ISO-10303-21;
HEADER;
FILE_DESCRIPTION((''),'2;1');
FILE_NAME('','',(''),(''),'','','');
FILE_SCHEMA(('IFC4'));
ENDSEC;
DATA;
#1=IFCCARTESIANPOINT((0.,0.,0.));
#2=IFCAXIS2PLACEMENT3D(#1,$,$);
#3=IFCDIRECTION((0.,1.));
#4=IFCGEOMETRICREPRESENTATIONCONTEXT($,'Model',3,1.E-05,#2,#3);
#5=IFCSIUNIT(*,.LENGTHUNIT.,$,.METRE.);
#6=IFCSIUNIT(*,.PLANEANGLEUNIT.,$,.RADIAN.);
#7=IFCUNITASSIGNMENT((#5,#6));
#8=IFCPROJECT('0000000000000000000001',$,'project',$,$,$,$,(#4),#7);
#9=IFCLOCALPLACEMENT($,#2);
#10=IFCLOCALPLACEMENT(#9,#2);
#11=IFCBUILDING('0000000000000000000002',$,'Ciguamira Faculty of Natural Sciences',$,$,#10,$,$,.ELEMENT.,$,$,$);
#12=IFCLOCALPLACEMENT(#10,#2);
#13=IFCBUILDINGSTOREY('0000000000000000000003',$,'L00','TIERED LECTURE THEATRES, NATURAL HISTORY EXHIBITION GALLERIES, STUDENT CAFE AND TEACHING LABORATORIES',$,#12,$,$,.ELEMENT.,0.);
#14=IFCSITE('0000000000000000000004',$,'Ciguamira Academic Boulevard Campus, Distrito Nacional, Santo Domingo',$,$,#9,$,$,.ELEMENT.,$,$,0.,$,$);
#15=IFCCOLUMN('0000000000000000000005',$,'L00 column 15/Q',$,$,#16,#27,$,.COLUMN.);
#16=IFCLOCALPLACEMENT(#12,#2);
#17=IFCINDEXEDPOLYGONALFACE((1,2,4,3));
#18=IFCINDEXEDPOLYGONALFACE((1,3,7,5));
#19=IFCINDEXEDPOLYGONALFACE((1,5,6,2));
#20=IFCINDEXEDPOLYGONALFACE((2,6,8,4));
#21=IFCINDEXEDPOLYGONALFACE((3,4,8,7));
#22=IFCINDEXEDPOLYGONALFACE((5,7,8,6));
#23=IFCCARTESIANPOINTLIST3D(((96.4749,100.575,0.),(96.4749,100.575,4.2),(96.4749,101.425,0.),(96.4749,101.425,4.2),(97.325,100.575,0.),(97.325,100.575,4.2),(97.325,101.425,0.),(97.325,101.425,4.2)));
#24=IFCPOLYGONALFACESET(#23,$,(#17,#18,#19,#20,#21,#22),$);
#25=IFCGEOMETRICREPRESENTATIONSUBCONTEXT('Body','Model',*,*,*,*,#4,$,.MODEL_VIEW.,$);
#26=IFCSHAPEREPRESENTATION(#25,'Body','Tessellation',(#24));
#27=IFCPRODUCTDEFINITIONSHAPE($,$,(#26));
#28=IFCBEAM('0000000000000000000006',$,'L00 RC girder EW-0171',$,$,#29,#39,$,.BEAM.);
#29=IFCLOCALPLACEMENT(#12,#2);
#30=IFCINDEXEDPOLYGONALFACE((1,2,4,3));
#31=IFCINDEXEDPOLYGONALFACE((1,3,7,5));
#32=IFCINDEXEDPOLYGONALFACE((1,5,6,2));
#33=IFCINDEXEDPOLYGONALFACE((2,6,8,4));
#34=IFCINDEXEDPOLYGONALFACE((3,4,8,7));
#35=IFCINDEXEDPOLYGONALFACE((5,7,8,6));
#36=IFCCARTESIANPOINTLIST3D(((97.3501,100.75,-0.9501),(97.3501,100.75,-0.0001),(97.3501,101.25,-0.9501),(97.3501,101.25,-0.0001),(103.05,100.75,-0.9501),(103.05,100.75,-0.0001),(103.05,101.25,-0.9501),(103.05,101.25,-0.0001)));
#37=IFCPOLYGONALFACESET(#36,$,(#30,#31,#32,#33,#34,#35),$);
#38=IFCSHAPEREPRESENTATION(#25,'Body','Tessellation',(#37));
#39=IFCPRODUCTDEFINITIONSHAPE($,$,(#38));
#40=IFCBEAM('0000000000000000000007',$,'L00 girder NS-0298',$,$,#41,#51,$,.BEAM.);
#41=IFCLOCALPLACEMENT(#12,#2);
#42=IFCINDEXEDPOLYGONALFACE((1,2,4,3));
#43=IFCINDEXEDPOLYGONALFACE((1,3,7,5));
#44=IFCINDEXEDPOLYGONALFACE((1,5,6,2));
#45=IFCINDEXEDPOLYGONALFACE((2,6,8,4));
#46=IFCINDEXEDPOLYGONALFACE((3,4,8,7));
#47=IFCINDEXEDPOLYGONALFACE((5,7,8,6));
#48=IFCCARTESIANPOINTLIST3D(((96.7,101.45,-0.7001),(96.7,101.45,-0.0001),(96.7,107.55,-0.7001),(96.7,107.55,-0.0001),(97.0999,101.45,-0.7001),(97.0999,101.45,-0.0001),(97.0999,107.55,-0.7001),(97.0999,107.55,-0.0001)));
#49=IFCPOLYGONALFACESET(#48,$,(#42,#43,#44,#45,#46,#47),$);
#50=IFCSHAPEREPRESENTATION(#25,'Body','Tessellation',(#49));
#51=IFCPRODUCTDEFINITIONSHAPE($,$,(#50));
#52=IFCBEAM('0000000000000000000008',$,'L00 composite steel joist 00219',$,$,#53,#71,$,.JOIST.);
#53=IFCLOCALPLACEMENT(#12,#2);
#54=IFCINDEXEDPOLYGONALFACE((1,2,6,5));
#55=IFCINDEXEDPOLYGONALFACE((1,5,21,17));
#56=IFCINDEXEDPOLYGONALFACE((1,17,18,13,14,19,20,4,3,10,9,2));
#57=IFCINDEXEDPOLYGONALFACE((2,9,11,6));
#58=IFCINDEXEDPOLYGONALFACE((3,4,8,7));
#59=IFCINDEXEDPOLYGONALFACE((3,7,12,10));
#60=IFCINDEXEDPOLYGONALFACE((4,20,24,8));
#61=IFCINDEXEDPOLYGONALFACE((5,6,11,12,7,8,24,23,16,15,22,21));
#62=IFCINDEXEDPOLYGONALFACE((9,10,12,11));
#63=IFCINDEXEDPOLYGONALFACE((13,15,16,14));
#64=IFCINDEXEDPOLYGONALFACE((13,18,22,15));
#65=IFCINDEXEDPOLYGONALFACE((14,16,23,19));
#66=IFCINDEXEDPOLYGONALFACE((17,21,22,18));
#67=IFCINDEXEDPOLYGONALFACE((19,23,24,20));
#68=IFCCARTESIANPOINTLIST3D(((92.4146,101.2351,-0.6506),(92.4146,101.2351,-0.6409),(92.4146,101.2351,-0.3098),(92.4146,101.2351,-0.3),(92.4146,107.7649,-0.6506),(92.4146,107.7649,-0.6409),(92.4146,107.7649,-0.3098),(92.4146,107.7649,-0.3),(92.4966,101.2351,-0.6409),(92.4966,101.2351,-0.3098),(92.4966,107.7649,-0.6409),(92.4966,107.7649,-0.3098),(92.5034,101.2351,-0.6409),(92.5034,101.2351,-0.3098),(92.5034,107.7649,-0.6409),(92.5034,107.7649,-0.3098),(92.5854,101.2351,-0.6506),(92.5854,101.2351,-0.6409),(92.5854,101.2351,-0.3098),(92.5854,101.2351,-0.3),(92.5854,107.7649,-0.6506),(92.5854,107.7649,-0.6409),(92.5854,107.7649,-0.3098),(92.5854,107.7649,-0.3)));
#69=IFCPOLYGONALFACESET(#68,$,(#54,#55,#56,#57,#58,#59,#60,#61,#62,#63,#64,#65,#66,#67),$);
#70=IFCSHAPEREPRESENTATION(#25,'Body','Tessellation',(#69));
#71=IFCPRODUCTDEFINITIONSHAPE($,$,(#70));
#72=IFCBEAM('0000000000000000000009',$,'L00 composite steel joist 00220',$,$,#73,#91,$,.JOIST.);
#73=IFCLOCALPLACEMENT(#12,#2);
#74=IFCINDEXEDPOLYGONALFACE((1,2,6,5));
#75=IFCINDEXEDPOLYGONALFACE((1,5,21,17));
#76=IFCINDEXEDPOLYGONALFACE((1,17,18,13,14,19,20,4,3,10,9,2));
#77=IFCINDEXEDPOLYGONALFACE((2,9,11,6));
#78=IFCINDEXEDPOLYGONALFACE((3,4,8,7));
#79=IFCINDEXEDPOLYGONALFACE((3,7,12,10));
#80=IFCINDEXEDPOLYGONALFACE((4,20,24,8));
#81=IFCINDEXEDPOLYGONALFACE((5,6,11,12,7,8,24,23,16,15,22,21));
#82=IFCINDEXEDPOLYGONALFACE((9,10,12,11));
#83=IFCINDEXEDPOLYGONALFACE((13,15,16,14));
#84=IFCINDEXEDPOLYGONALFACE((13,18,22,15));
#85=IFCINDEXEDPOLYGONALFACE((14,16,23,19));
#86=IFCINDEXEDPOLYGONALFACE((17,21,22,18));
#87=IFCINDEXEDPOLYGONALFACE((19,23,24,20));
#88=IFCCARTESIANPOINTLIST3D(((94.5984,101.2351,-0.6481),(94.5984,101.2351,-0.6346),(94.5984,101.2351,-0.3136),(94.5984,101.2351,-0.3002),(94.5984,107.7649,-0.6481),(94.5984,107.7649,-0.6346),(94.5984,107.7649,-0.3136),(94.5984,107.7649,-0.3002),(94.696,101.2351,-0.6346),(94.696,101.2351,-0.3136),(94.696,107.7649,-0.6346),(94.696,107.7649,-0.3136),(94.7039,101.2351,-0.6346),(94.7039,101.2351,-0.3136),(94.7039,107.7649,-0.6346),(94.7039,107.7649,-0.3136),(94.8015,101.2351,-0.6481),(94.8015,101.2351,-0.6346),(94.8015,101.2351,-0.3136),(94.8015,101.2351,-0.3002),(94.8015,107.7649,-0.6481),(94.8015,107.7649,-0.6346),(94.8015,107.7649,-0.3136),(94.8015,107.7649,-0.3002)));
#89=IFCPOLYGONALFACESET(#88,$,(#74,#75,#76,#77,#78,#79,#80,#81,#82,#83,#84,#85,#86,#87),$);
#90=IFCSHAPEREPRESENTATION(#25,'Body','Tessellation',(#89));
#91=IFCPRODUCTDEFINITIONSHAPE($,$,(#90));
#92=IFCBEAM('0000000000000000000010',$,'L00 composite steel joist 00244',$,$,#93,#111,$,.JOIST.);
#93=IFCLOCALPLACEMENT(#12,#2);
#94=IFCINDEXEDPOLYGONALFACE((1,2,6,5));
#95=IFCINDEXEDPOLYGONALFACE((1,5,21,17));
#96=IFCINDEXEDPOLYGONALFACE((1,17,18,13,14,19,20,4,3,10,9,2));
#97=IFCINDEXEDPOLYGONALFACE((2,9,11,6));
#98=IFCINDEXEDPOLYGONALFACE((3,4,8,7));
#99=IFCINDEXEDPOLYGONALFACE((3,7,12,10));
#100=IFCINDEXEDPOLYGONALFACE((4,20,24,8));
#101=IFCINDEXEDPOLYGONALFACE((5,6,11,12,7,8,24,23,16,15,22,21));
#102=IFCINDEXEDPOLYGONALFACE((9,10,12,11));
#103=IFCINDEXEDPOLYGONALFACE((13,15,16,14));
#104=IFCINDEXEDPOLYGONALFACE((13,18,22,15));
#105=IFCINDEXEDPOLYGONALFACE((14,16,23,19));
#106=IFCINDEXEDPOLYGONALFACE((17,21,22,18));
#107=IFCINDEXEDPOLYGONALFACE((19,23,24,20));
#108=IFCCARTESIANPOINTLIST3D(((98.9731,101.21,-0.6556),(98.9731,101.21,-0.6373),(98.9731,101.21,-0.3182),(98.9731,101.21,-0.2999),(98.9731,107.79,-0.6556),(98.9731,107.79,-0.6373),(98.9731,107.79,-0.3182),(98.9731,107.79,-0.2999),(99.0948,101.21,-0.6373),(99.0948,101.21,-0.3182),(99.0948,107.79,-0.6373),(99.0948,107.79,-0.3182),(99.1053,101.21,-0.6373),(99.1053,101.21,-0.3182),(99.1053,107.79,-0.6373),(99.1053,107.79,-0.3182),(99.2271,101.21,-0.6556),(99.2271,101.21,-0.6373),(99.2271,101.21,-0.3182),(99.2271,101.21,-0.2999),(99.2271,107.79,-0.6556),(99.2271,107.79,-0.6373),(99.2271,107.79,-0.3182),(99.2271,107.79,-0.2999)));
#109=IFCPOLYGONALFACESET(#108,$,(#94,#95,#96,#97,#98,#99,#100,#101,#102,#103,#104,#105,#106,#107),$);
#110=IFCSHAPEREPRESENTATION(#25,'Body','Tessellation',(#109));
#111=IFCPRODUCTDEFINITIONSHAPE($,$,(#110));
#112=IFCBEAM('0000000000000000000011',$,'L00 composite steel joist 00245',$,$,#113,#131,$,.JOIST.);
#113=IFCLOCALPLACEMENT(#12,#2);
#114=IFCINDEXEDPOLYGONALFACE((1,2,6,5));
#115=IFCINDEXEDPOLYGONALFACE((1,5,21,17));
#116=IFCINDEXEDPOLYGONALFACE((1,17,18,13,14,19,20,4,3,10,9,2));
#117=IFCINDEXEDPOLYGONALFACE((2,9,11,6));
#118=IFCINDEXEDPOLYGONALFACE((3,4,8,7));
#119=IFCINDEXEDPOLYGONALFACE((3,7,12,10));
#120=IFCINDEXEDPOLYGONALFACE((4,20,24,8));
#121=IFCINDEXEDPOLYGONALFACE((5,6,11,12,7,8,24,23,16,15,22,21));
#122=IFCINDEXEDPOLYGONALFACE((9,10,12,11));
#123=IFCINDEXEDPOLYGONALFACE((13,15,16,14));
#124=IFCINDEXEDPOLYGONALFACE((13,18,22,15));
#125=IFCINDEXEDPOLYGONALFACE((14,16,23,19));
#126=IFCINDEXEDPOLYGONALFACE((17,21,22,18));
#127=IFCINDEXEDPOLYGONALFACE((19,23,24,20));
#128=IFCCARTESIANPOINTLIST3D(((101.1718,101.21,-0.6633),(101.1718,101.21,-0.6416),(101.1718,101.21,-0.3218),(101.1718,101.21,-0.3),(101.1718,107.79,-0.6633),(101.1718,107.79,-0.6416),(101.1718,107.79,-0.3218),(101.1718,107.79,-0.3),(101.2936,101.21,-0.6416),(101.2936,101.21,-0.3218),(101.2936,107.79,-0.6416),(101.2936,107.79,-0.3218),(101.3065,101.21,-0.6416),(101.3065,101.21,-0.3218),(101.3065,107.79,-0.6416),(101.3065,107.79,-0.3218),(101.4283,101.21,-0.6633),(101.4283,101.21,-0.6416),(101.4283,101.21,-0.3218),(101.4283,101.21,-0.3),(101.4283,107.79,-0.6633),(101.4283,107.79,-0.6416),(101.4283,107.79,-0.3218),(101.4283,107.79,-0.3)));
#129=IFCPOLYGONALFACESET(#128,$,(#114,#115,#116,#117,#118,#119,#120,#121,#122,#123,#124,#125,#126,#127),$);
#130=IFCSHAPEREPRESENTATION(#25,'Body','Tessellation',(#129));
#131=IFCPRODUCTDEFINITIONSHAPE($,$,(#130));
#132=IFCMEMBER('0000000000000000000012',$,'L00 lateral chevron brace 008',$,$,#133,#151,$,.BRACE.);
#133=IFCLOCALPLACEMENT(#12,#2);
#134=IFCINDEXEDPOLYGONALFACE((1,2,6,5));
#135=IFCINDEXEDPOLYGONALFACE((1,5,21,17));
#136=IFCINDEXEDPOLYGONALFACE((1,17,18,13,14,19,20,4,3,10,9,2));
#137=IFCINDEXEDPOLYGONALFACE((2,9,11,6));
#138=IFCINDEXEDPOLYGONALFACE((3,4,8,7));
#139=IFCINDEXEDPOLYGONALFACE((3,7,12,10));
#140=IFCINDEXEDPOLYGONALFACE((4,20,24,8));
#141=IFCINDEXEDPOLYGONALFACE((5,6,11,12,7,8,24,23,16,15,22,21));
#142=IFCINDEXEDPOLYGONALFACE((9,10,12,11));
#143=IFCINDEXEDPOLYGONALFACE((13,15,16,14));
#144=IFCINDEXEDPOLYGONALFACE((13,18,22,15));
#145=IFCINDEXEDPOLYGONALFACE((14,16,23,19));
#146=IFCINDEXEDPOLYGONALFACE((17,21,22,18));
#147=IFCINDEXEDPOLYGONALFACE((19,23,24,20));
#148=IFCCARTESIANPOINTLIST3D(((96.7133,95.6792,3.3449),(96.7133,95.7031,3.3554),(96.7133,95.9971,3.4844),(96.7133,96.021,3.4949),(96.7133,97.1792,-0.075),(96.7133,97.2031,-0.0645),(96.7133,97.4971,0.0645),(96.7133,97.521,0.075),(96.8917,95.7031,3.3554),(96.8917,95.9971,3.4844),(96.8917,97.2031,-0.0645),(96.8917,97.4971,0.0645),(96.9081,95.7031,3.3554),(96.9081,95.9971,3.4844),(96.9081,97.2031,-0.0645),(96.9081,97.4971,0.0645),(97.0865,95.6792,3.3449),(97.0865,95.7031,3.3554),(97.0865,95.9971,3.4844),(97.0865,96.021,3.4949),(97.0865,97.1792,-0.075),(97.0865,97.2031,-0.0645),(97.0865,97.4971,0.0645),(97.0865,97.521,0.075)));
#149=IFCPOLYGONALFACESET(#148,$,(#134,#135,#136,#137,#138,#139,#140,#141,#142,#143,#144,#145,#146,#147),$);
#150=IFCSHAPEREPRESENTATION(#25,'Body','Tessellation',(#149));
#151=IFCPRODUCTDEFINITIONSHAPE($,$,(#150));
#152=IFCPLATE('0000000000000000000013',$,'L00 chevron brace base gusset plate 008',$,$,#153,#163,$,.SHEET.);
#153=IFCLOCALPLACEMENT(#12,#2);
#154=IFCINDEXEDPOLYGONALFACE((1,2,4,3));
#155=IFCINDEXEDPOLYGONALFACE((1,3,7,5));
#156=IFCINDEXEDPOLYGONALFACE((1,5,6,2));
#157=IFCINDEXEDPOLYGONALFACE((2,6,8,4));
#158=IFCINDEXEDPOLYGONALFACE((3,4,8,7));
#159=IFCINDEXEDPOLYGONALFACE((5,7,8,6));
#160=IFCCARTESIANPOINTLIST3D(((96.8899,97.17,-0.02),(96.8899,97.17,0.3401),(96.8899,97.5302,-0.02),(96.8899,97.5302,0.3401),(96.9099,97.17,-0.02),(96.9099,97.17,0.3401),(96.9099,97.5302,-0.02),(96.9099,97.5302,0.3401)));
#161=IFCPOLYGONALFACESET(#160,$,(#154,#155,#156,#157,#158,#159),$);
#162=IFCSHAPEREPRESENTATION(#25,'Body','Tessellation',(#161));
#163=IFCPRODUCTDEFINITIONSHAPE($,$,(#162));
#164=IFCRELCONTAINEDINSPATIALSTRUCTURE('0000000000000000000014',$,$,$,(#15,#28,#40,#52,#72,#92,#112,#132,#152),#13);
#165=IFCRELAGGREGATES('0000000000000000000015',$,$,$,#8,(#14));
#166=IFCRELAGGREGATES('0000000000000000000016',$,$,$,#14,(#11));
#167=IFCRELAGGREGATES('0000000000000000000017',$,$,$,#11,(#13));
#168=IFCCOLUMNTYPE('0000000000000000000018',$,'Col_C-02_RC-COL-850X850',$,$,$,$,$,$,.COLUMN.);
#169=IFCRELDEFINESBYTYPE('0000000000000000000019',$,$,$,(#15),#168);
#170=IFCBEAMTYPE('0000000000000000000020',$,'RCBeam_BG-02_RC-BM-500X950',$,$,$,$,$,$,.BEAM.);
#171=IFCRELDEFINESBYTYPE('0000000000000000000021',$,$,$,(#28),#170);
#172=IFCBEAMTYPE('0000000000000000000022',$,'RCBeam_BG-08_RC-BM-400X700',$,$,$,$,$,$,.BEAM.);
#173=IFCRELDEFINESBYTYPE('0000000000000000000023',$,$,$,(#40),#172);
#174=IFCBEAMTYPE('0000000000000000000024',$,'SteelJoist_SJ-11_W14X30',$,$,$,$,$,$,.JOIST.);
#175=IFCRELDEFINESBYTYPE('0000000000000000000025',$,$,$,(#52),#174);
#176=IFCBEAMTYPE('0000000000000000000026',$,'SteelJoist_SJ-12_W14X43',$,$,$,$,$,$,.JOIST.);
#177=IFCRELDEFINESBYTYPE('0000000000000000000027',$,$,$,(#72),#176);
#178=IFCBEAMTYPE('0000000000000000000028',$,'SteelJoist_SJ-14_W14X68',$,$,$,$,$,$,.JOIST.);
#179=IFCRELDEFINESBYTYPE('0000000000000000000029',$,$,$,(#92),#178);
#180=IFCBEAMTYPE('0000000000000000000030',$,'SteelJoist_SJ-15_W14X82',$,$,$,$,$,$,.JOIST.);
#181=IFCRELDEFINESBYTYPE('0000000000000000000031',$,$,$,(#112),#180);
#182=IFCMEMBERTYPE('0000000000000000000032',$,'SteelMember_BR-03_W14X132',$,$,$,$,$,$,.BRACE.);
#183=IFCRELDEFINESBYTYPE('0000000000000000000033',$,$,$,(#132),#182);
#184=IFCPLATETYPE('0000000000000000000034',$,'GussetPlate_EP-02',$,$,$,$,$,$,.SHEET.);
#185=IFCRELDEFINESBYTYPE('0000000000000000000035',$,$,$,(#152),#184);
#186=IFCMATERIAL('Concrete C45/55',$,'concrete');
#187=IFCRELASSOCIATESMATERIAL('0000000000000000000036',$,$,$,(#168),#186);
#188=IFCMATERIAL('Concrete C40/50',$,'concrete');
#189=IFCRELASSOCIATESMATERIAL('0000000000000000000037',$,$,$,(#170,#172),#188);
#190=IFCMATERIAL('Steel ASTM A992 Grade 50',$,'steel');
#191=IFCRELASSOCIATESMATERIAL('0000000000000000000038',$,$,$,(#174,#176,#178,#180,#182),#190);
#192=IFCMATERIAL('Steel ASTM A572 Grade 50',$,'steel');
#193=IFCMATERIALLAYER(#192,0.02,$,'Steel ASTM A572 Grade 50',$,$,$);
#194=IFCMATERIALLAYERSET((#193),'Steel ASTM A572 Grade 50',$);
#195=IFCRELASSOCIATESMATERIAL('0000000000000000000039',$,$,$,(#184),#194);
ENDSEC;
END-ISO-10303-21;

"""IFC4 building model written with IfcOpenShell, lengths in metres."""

from ifc_helpers import new_model, si_unit, direction, frame, origin, origin_2d, place, context, subcontext, project, spatial, rectangle, i_section, extrude, material, layer, layer_set, material_profile, profile_set, type_object, element, save


model = new_model("IFC4")

# Units and contexts
model_context = context("Model", 3, precision=1e-05, world=origin(), true_north=direction((0.0, 1.0)))
body_context = subcontext(model_context, "Body", "Model", "MODEL_VIEW")
ifc_project = project(units=[si_unit("LENGTHUNIT", "METRE"), si_unit("PLANEANGLEUNIT", "RADIAN")], contexts=[model_context])

# Site, building, storey
site_placement = place(None, origin())
site = spatial("IfcSite", under=ifc_project, at=site_placement, Name="Ciguamira Academic Boulevard Campus, Distrito Nacional, Santo Domingo", CompositionType="ELEMENT", RefElevation=0.0)
building_placement = place(site_placement, origin())
building = spatial("IfcBuilding", under=site, at=building_placement, Name="Ciguamira Faculty of Natural Sciences", CompositionType="ELEMENT")
storey_placement = place(building_placement, origin())
storey = spatial("IfcBuildingStorey", under=building, at=storey_placement, Name="L00", Description="TIERED LECTURE THEATRES, NATURAL HISTORY EXHIBITION GALLERIES, STUDENT CAFE AND TEACHING LABORATORIES", CompositionType="ELEMENT", Elevation=0.0)

# Column
ifc_material_1 = material(Name="Concrete C45/55", Category="concrete")
ifc_material_profile_1 = material_profile(ifc_material_1, rectangle(XDim=0.8501, YDim=0.8501, at=origin_2d()), Name="RC-COL-850X850")
ifc_profile_set_1 = profile_set([ifc_material_profile_1], Name="Concrete C45/55")
column_type = type_object("IfcColumnType", Name="Col_C-02_RC-COL-850X850", PredefinedType="COLUMN", material=ifc_profile_set_1)
column_placement = place(storey_placement, frame((96.8999, 101.0, 0.0), z_axis=(0.0, 0.0, 1.0), x_axis=(1.0, 0.0, 0.0)))
element("IfcColumn", 1, at=column_placement, inside=storey, type_object=column_type, Name="L00 column 15/Q", PredefinedType="COLUMN", context=body_context, shape_type="SweptSolid", body=[
    extrude(rectangle(XDim=0.8501, YDim=0.8501, at=origin_2d()), origin(), (0.0, 0.0, 1.0), 4.2),
])

# Beams
ifc_material_2 = material(Name="Concrete C40/50", Category="concrete")
ifc_material_profile_2 = material_profile(ifc_material_2, rectangle(XDim=0.5, YDim=0.95, at=origin_2d()), Name="RC-BM-500X950")
ifc_profile_set_2 = profile_set([ifc_material_profile_2], Name="Concrete C40/50")
beam_type_1 = type_object("IfcBeamType", Name="RCBeam_BG-02_RC-BM-500X950", PredefinedType="BEAM", material=ifc_profile_set_2)
beam_1_placement = place(storey_placement, frame((97.3501, 101.0, -0.4751), z_axis=(1.0, 0.0, 0.0), x_axis=(0.0, 1.0, 0.0)))
element("IfcBeam", 2, at=beam_1_placement, inside=storey, type_object=beam_type_1, Name="L00 RC girder EW-0171", PredefinedType="BEAM", context=body_context, shape_type="SweptSolid", body=[
    extrude(rectangle(XDim=0.5, YDim=0.95, at=origin_2d()), origin(), (0.0, 0.0, 1.0), 5.7),
])
ifc_material_profile_3 = material_profile(ifc_material_2, rectangle(XDim=0.3999, YDim=0.7, at=origin_2d()), Name="RC-BM-400X700")
ifc_profile_set_3 = profile_set([ifc_material_profile_3], Name="Concrete C40/50")
beam_type_2 = type_object("IfcBeamType", Name="RCBeam_BG-08_RC-BM-400X700", PredefinedType="BEAM", material=ifc_profile_set_3)
beam_2_placement = place(storey_placement, frame((96.8999, 101.45, -0.3501), z_axis=(0.0, 1.0, 0.0), x_axis=(-1.0, 0.0, 0.0)))
element("IfcBeam", 3, at=beam_2_placement, inside=storey, type_object=beam_type_2, Name="L00 girder NS-0298", PredefinedType="BEAM", context=body_context, shape_type="SweptSolid", body=[
    extrude(rectangle(XDim=0.3999, YDim=0.7, at=origin_2d()), origin(), (0.0, 0.0, 1.0), 6.1001),
])
ifc_material_3 = material(Name="Steel ASTM A992 Grade 50", Category="steel")
ifc_material_profile_4 = material_profile(ifc_material_3, i_section(OverallWidth=0.1709, OverallDepth=0.3506, WebThickness=0.0068, FlangeThickness=0.0098, at=origin_2d()), Name="W14X30")
ifc_profile_set_4 = profile_set([ifc_material_profile_4], Name="Steel ASTM A992 Grade 50")
beam_type_3 = type_object("IfcBeamType", Name="SteelJoist_SJ-11_W14X30", PredefinedType="JOIST", material=ifc_profile_set_4)
beam_3_placement = place(storey_placement, frame((92.5, 101.2351, -0.4753), z_axis=(0.0, 1.0, 0.0), x_axis=(-1.0, 0.0, 0.0)))
element("IfcBeam", 4, at=beam_3_placement, inside=storey, type_object=beam_type_3, Name="L00 composite steel joist 00219", PredefinedType="JOIST", context=body_context, shape_type="SweptSolid", body=[
    extrude(i_section(OverallWidth=0.1709, OverallDepth=0.3506, WebThickness=0.0068, FlangeThickness=0.0098, at=origin_2d()), origin(), (0.0, 0.0, 1.0), 6.5298),
])
ifc_material_profile_5 = material_profile(ifc_material_3, i_section(OverallWidth=0.2031, OverallDepth=0.3479, WebThickness=0.0078, FlangeThickness=0.0134, at=origin_2d()), Name="W14X43")
ifc_profile_set_5 = profile_set([ifc_material_profile_5], Name="Steel ASTM A992 Grade 50")
beam_type_4 = type_object("IfcBeamType", Name="SteelJoist_SJ-12_W14X43", PredefinedType="JOIST", material=ifc_profile_set_5)
beam_4_placement = place(storey_placement, frame((94.7, 101.2351, -0.4741), z_axis=(0.0, 1.0, 0.0), x_axis=(-1.0, 0.0, 0.0)))
element("IfcBeam", 5, at=beam_4_placement, inside=storey, type_object=beam_type_4, Name="L00 composite steel joist 00220", PredefinedType="JOIST", context=body_context, shape_type="SweptSolid", body=[
    extrude(i_section(OverallWidth=0.2031, OverallDepth=0.3479, WebThickness=0.0078, FlangeThickness=0.0134, at=origin_2d()), origin(), (0.0, 0.0, 1.0), 6.5298),
])
ifc_material_profile_6 = material_profile(ifc_material_3, i_section(OverallWidth=0.2539, OverallDepth=0.3557, WebThickness=0.0105, FlangeThickness=0.0183, at=origin_2d()), Name="W14X68")
ifc_profile_set_6 = profile_set([ifc_material_profile_6], Name="Steel ASTM A992 Grade 50")
beam_type_5 = type_object("IfcBeamType", Name="SteelJoist_SJ-14_W14X68", PredefinedType="JOIST", material=ifc_profile_set_6)
beam_5_placement = place(storey_placement, frame((99.1001, 101.21, -0.4778), z_axis=(0.0, 1.0, 0.0), x_axis=(-1.0, 0.0, 0.0)))
element("IfcBeam", 6, at=beam_5_placement, inside=storey, type_object=beam_type_5, Name="L00 composite steel joist 00244", PredefinedType="JOIST", context=body_context, shape_type="SweptSolid", body=[
    extrude(i_section(OverallWidth=0.2539, OverallDepth=0.3557, WebThickness=0.0105, FlangeThickness=0.0183, at=origin_2d()), origin(), (0.0, 0.0, 1.0), 6.5801),
])
ifc_material_profile_7 = material_profile(ifc_material_3, i_section(OverallWidth=0.2566, OverallDepth=0.3633, WebThickness=0.0129, FlangeThickness=0.0217, at=origin_2d()), Name="W14X82")
ifc_profile_set_7 = profile_set([ifc_material_profile_7], Name="Steel ASTM A992 Grade 50")
beam_type_6 = type_object("IfcBeamType", Name="SteelJoist_SJ-15_W14X82", PredefinedType="JOIST", material=ifc_profile_set_7)
beam_6_placement = place(storey_placement, frame((101.3, 101.21, -0.4817), z_axis=(0.0, 1.0, 0.0), x_axis=(-1.0, 0.0, 0.0)))
element("IfcBeam", 7, at=beam_6_placement, inside=storey, type_object=beam_type_6, Name="L00 composite steel joist 00245", PredefinedType="JOIST", context=body_context, shape_type="SweptSolid", body=[
    extrude(i_section(OverallWidth=0.2566, OverallDepth=0.3633, WebThickness=0.0129, FlangeThickness=0.0217, at=origin_2d()), origin(), (0.0, 0.0, 1.0), 6.5801),
])

# Member
ifc_material_profile_8 = material_profile(ifc_material_3, i_section(OverallWidth=0.3733, OverallDepth=0.3733, WebThickness=0.0164, FlangeThickness=0.0261, at=origin_2d()), Name="W14X132")
ifc_profile_set_8 = profile_set([ifc_material_profile_8], Name="Steel ASTM A992 Grade 50")
member_type = type_object("IfcMemberType", Name="SteelMember_BR-03_W14X132", PredefinedType="BRACE", material=ifc_profile_set_8)
member_placement = place(storey_placement, frame((96.8999, 97.3501, 0.0), z_axis=(0.0, -0.401669, 0.915785), x_axis=(1.0, 0.0, 0.0)))
element("IfcMember", 8, at=member_placement, inside=storey, type_object=member_type, Name="L00 lateral chevron brace 008", PredefinedType="BRACE", context=body_context, shape_type="SweptSolid", body=[
    extrude(i_section(OverallWidth=0.3733, OverallDepth=0.3733, WebThickness=0.0164, FlangeThickness=0.0261, at=origin_2d()), origin(), (0.0, 0.0, 1.0), 3.7344),
])

# Plate
ifc_material_4 = material(Name="Steel ASTM A572 Grade 50", Category="steel")
ifc_layer_1 = layer(ifc_material_4, 0.02, Name="Steel ASTM A572 Grade 50")
ifc_layer_set_1 = layer_set([ifc_layer_1], Name="Steel ASTM A572 Grade 50")
plate_type = type_object("IfcPlateType", Name="GussetPlate_EP-02", PredefinedType="SHEET", material=ifc_layer_set_1)
plate_placement = place(storey_placement, frame((96.8999, 97.3501, -0.02), z_axis=(0.0, 0.0, 1.0), x_axis=(1.0, 0.0, 0.0)))
element("IfcPlate", 9, at=plate_placement, inside=storey, type_object=plate_type, Name="L00 chevron brace base gusset plate 008", PredefinedType="SHEET", context=body_context, shape_type="SweptSolid", body=[
    extrude(rectangle(XDim=0.02, YDim=0.3601, at=origin_2d()), origin(), (0.0, 0.0, 1.0), 0.3601),
])

save(model, "model.ifc")
